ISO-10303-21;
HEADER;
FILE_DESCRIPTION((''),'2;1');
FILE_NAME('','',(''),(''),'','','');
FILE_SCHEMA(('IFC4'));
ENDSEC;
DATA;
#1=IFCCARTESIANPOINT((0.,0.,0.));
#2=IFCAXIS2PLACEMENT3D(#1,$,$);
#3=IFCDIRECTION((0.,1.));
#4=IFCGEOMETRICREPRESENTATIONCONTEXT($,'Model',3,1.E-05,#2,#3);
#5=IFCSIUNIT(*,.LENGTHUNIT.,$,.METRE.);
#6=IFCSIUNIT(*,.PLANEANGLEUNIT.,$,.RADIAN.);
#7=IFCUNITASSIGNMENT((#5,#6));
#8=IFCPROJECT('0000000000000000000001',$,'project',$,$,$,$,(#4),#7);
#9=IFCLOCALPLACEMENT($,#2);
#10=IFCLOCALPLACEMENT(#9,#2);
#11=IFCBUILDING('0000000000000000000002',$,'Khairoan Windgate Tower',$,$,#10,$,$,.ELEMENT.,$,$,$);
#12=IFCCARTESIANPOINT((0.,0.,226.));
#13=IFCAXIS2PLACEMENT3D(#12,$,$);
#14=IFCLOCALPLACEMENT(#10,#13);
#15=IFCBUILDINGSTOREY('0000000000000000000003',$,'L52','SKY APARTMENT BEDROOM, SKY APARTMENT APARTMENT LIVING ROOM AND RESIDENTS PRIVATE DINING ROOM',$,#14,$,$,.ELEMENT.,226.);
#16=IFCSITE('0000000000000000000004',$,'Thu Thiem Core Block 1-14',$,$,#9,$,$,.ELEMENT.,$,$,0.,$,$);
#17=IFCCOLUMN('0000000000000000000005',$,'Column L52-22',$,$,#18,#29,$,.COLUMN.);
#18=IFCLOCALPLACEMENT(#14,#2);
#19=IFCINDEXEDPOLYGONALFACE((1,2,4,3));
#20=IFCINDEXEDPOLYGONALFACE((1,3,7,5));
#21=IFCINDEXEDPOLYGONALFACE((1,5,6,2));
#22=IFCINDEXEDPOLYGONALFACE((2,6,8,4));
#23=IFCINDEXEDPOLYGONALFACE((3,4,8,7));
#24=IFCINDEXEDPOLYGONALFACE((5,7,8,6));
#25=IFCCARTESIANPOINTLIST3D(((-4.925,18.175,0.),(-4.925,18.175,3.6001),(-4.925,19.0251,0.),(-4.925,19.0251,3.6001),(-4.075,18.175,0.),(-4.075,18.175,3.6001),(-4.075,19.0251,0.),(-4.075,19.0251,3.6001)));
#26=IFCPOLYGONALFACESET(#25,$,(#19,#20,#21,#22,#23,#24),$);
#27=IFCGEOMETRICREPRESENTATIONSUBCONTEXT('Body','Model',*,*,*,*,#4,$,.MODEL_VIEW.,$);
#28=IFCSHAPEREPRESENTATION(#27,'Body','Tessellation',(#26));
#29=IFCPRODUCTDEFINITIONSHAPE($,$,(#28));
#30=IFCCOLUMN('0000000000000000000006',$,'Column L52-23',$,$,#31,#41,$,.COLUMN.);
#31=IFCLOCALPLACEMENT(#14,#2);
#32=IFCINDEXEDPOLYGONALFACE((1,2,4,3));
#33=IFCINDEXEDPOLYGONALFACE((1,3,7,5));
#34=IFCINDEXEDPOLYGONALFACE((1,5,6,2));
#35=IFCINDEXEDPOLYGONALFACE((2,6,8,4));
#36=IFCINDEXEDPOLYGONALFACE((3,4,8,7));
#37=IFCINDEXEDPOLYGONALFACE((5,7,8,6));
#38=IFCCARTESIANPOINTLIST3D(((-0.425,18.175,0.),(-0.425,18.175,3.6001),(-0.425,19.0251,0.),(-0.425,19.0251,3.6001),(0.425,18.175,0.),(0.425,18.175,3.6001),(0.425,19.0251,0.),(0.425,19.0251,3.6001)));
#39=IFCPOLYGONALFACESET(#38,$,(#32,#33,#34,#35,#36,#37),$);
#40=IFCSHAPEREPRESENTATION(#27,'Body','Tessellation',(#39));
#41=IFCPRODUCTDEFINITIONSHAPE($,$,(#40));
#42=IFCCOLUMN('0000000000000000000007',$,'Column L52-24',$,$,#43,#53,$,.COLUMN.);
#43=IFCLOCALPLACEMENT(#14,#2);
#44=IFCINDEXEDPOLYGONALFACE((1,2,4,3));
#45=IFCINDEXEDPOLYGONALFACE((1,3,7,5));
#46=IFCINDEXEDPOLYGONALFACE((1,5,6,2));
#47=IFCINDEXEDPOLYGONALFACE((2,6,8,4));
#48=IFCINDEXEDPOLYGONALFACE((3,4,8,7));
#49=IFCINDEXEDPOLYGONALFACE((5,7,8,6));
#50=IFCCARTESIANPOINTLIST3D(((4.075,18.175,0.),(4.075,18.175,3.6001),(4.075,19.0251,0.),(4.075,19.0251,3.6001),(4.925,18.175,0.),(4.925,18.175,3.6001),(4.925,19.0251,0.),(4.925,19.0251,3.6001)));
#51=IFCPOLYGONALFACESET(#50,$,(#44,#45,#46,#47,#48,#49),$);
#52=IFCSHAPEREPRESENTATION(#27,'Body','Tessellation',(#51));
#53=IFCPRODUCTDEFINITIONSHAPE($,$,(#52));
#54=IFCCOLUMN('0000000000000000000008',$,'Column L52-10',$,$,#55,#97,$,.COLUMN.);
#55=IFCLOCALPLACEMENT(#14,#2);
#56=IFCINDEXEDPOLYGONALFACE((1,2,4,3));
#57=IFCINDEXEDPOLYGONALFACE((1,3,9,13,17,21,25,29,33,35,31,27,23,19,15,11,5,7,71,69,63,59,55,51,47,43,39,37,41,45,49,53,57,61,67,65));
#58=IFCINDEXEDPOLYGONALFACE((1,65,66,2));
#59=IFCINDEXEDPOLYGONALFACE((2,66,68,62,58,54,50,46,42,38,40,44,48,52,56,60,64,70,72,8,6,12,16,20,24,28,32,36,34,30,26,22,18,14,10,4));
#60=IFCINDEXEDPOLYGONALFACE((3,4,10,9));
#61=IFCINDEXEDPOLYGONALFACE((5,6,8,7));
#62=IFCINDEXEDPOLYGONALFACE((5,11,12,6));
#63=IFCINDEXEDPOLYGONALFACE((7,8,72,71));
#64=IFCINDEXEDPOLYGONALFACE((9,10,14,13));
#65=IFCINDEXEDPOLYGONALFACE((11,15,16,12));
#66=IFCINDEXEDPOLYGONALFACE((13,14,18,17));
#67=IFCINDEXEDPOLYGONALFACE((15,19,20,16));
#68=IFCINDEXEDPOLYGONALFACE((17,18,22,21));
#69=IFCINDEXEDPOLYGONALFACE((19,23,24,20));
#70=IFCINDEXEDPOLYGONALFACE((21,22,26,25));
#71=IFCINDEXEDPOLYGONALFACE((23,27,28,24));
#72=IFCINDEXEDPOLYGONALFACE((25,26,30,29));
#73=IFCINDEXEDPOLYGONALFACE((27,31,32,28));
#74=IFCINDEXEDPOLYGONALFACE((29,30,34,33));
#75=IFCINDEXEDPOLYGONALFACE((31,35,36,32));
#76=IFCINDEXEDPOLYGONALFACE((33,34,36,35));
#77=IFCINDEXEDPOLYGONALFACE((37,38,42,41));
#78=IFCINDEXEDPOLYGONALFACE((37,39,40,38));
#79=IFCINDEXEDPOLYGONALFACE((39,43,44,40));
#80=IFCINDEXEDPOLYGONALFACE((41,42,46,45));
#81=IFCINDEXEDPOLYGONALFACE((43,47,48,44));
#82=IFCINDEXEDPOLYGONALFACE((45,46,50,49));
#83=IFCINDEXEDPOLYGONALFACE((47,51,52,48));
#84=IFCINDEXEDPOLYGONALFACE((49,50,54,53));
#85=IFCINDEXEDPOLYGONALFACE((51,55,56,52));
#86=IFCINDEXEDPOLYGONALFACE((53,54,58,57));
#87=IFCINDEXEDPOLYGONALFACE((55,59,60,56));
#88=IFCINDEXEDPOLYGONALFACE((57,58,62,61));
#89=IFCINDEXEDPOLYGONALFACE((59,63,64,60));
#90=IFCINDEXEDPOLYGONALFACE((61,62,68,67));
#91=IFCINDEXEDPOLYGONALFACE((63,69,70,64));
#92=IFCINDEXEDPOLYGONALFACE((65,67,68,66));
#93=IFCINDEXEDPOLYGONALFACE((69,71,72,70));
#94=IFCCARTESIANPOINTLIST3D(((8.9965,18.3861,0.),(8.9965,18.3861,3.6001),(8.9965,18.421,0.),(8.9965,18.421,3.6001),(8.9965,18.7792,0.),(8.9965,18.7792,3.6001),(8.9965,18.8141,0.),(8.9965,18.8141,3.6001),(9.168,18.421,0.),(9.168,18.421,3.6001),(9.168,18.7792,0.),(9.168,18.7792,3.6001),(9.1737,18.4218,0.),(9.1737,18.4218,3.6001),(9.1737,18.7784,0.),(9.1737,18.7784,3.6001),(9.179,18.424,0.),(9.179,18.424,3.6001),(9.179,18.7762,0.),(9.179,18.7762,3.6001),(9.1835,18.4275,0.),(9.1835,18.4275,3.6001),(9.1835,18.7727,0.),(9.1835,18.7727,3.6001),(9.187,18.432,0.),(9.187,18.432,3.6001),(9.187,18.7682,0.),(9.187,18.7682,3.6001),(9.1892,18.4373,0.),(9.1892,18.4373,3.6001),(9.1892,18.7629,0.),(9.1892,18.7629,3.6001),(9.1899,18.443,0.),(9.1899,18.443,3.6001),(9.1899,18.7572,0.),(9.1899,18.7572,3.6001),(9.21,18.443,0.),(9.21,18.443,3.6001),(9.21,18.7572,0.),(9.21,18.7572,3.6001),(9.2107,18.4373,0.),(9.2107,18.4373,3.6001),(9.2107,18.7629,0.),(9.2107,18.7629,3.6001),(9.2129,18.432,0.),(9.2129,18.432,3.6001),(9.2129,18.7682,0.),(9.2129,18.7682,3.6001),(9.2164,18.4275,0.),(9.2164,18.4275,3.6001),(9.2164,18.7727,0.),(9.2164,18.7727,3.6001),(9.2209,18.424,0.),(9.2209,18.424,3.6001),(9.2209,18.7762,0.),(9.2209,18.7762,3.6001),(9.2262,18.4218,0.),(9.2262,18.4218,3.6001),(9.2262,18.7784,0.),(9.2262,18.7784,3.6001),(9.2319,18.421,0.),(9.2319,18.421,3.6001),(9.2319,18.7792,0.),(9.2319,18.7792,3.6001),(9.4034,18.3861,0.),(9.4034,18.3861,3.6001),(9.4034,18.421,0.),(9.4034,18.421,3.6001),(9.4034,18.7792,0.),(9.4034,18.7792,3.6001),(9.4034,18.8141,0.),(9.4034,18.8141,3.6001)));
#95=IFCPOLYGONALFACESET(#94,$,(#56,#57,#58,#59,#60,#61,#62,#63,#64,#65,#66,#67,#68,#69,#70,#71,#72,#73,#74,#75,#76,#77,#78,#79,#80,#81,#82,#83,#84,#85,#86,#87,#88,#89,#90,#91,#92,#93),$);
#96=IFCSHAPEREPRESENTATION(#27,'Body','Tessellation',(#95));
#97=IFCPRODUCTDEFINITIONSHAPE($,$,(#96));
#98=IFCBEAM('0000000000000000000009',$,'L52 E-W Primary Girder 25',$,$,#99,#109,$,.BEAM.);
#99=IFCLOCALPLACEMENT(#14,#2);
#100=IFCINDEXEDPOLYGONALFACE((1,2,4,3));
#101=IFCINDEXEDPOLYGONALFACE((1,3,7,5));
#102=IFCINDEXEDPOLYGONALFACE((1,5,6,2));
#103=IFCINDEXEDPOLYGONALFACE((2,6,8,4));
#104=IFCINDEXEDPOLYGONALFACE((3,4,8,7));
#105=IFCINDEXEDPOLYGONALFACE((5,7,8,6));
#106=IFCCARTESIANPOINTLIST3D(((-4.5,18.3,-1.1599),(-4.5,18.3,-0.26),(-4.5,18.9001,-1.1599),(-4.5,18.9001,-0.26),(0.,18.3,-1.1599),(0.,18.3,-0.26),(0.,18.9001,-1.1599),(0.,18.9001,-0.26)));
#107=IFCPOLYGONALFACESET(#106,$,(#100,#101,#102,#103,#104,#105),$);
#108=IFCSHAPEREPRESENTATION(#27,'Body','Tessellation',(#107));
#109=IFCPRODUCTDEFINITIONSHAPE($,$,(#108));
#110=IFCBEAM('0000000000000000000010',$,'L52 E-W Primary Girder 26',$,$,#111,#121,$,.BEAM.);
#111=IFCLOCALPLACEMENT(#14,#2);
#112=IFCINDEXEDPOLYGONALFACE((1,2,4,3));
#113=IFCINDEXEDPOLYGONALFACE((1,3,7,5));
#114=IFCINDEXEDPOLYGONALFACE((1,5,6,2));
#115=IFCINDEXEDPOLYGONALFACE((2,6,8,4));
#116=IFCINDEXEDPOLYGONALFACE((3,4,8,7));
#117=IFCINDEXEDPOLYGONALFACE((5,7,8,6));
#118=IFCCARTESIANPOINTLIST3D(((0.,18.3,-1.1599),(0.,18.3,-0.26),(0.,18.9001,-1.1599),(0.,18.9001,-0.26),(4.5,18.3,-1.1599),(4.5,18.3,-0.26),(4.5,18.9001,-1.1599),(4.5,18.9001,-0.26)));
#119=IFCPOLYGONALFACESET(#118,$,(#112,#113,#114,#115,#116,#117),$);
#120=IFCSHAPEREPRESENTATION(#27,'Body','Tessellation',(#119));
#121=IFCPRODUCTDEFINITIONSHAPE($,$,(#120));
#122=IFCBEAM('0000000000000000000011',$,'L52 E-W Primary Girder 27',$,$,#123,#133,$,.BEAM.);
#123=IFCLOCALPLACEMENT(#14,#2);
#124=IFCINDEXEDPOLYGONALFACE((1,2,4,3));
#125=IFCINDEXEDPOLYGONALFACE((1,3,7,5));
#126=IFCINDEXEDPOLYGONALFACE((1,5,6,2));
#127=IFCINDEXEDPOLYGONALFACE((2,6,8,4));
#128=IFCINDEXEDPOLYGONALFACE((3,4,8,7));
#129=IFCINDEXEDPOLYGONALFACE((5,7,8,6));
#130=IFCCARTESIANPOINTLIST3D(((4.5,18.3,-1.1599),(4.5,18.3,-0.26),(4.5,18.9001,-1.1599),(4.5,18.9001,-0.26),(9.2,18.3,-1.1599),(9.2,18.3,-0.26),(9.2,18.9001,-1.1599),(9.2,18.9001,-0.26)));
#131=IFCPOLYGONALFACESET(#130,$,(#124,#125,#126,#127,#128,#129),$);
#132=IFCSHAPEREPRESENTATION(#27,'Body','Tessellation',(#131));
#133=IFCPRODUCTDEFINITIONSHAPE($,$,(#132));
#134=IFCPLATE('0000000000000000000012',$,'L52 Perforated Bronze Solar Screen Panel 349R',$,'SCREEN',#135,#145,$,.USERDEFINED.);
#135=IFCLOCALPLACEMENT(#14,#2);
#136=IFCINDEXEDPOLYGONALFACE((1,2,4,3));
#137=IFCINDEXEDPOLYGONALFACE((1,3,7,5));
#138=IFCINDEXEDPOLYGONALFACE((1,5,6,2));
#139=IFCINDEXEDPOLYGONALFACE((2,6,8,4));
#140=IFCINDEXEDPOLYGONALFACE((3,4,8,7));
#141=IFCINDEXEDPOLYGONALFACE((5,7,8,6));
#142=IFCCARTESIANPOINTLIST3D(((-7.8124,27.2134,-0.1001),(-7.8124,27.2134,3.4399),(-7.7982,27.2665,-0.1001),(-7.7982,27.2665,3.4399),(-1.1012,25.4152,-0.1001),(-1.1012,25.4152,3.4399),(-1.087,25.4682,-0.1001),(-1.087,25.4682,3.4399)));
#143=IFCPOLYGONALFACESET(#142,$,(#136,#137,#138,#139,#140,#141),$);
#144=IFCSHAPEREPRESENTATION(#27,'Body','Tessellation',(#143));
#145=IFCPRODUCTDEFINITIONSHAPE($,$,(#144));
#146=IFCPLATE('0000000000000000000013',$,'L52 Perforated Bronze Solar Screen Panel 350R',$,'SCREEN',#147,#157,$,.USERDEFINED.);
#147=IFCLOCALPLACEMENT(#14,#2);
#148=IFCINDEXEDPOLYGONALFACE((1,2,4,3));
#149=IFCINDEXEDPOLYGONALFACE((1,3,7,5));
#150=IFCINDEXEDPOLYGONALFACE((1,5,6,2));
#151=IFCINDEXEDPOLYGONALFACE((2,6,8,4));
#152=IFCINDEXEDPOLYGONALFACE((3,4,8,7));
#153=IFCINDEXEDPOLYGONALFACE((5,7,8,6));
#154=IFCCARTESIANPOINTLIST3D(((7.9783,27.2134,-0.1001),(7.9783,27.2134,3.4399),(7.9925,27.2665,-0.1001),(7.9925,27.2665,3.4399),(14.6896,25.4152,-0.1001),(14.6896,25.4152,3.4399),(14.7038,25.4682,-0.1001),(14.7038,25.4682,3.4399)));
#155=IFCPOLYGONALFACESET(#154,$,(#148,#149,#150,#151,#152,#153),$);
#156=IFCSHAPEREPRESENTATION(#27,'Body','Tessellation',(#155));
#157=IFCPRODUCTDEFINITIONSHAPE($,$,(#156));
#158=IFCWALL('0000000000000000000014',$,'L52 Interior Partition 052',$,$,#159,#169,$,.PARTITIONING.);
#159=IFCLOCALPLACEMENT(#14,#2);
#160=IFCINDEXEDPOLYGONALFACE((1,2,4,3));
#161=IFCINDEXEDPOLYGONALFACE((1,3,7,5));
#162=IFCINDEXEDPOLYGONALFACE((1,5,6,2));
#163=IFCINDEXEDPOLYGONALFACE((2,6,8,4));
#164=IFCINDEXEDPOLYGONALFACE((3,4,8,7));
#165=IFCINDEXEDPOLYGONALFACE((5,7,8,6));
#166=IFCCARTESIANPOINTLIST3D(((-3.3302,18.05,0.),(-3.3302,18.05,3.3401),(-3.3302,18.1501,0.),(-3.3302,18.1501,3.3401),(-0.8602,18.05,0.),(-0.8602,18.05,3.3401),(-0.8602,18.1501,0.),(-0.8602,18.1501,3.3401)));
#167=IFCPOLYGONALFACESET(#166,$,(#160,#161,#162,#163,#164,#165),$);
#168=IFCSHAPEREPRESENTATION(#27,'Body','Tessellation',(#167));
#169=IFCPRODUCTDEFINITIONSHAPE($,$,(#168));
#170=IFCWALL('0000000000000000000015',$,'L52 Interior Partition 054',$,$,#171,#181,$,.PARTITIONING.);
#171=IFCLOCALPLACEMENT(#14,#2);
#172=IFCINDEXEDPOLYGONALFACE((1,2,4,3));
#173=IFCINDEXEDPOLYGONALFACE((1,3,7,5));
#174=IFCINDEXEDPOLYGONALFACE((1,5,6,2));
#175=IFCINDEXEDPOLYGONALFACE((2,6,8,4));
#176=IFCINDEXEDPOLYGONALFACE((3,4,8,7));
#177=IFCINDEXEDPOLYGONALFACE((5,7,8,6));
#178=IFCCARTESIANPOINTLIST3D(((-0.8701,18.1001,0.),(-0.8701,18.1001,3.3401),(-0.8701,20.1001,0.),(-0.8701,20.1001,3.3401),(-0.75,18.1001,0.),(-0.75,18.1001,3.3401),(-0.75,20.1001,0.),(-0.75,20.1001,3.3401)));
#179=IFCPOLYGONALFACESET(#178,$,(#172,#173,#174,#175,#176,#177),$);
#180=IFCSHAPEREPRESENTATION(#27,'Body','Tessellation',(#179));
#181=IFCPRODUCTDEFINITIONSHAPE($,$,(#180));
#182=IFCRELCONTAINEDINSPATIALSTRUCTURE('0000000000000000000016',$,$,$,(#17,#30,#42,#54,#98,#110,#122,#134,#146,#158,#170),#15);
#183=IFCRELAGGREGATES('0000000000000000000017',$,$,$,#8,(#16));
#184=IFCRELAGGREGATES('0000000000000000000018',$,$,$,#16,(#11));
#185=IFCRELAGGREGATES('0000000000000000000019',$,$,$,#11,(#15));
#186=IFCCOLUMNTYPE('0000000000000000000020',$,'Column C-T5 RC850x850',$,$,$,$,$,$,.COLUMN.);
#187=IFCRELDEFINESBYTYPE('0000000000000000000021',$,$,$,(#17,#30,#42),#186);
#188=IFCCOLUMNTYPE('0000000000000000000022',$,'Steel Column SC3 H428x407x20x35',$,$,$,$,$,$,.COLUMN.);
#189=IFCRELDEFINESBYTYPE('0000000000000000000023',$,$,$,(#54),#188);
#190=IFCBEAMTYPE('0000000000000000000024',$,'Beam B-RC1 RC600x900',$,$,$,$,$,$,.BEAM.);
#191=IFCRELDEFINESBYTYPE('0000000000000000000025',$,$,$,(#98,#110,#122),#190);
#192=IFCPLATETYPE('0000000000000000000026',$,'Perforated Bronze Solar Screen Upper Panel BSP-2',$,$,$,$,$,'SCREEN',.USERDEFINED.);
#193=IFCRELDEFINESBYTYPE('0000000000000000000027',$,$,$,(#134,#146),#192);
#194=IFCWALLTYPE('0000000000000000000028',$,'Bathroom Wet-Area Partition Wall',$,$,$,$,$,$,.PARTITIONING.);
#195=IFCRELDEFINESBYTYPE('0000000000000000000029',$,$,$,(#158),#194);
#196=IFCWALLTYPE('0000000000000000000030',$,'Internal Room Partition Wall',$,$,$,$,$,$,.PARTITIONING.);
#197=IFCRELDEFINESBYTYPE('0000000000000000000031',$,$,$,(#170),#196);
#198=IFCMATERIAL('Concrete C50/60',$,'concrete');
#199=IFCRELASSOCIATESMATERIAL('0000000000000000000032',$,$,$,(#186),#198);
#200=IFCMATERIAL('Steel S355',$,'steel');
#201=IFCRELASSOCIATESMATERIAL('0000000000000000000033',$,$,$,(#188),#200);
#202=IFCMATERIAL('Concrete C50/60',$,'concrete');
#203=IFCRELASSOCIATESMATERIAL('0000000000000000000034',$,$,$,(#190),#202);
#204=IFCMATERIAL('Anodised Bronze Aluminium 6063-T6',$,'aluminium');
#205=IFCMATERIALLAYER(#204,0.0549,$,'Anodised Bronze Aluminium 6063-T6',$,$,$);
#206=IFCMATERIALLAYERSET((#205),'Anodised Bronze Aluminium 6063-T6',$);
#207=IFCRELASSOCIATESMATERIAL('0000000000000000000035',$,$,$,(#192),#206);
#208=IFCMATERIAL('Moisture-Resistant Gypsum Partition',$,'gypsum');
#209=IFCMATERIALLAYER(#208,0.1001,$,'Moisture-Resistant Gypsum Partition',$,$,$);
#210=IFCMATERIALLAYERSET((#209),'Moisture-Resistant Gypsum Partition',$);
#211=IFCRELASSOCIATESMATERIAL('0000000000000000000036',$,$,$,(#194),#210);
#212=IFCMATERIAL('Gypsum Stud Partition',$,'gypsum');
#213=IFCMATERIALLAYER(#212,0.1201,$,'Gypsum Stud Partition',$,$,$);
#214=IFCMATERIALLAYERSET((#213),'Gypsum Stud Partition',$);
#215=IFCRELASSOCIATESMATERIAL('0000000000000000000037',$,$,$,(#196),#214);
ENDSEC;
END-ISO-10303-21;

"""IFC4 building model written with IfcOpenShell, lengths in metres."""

from ifc_helpers import new_model, si_unit, direction, frame, frame_2d, origin, origin_2d, place, context, subcontext, project, spatial, rectangle, i_section, extrude, material, layer, layer_set, material_profile, profile_set, type_object, element, save


model = new_model("IFC4")

# Units and contexts
model_context = context("Model", 3, precision=1e-05, world=origin(), true_north=direction((0.0, 1.0)))
body_context = subcontext(model_context, "Body", "Model", "MODEL_VIEW")
ifc_project = project(units=[si_unit("LENGTHUNIT", "METRE"), si_unit("PLANEANGLEUNIT", "RADIAN")], contexts=[model_context])

# Site, building, storey
site_placement = place(None, origin())
site = spatial("IfcSite", under=ifc_project, at=site_placement, Name="Thu Thiem Core Block 1-14", CompositionType="ELEMENT", RefElevation=0.0)
building_placement = place(site_placement, origin())
building = spatial("IfcBuilding", under=site, at=building_placement, Name="Khairoan Windgate Tower", CompositionType="ELEMENT")
storey_placement = place(building_placement, frame((0.0, 0.0, 226.0)))
storey = spatial("IfcBuildingStorey", under=building, at=storey_placement, Name="L52", Description="SKY APARTMENT BEDROOM, SKY APARTMENT APARTMENT LIVING ROOM AND RESIDENTS PRIVATE DINING ROOM", CompositionType="ELEMENT", Elevation=226.0)

# Columns
ifc_material_1 = material(Name="Concrete C50/60", Category="concrete")
ifc_material_profile_1 = material_profile(ifc_material_1, rectangle(XDim=0.8501, YDim=0.8501, at=origin_2d()))
ifc_profile_set_1 = profile_set([ifc_material_profile_1], Name="Concrete C50/60")
column_type_1 = type_object("IfcColumnType", Name="Column C-T5 RC850x850", PredefinedType="COLUMN", material=ifc_profile_set_1)
for number, where, z_axis, x_axis, name in (
    (1, (-4.5, 18.6001, 0.0), (0.0, 0.0, 1.0), (1.0, 0.0, 0.0), "Column L52-22"),
    (2, (0.0, 18.6001, 0.0), (0.0, 0.0, 1.0), (1.0, 0.0, 0.0), "Column L52-23"),
    (3, (4.5, 18.6001, 0.0), (0.0, 0.0, 1.0), (1.0, 0.0, 0.0), "Column L52-24"),
):
    element("IfcColumn", number, at=place(storey_placement, frame(where, z_axis=z_axis, x_axis=x_axis)), inside=storey, type_object=column_type_1, Name=name, PredefinedType="COLUMN", context=body_context, shape_type="SweptSolid", body=[
        extrude(rectangle(XDim=0.8501, YDim=0.8501, at=origin_2d()), origin(), (0.0, 0.0, 1.0), 3.6001),
    ])
ifc_material_2 = material(Name="Steel S355", Category="steel")
ifc_material_profile_2 = material_profile(ifc_material_2, i_section(OverallWidth=0.407, OverallDepth=0.428, WebThickness=0.02, FlangeThickness=0.0349, FilletRadius=0.022, at=origin_2d()))
ifc_profile_set_2 = profile_set([ifc_material_profile_2], Name="Steel S355")
column_type_2 = type_object("IfcColumnType", Name="Steel Column SC3 H428x407x20x35", PredefinedType="COLUMN", material=ifc_profile_set_2)
column_placement = place(storey_placement, frame((9.2, 18.6001, 0.0), z_axis=(0.0, 0.0, 1.0), x_axis=(1.0, 0.0, 0.0)))
element("IfcColumn", 4, at=column_placement, inside=storey, type_object=column_type_2, Name="Column L52-10", PredefinedType="COLUMN", context=body_context, shape_type="SweptSolid", body=[
    extrude(i_section(OverallWidth=0.407, OverallDepth=0.428, WebThickness=0.02, FlangeThickness=0.0349, FilletRadius=0.022, at=origin_2d()), origin(), (0.0, 0.0, 1.0), 3.6001),
])

# Beams
ifc_material_3 = material(Name="Concrete C50/60", Category="concrete")
ifc_material_profile_3 = material_profile(ifc_material_3, rectangle(XDim=0.6001, YDim=0.8999, at=origin_2d()))
ifc_profile_set_3 = profile_set([ifc_material_profile_3], Name="Concrete C50/60")
beam_type = type_object("IfcBeamType", Name="Beam B-RC1 RC600x900", PredefinedType="BEAM", material=ifc_profile_set_3)
for number, where, z_axis, x_axis, name in (
    (5, (-4.5, 18.6001, -0.71), (1.0, 0.0, 0.0), (0.0, 1.0, 0.0), "L52 E-W Primary Girder 25"),
    (6, (0.0, 18.6001, -0.71), (1.0, 0.0, 0.0), (0.0, 1.0, 0.0), "L52 E-W Primary Girder 26"),
):
    element("IfcBeam", number, at=place(storey_placement, frame(where, z_axis=z_axis, x_axis=x_axis)), inside=storey, type_object=beam_type, Name=name, PredefinedType="BEAM", context=body_context, shape_type="SweptSolid", body=[
        extrude(rectangle(XDim=0.6001, YDim=0.8999, at=origin_2d()), origin(), (0.0, 0.0, 1.0), 4.5),
    ])
beam_placement = place(storey_placement, frame((4.5, 18.6001, -0.71), z_axis=(1.0, 0.0, 0.0), x_axis=(0.0, 1.0, 0.0)))
element("IfcBeam", 7, at=beam_placement, inside=storey, type_object=beam_type, Name="L52 E-W Primary Girder 27", PredefinedType="BEAM", context=body_context, shape_type="SweptSolid", body=[
    extrude(rectangle(XDim=0.6001, YDim=0.8999, at=origin_2d()), origin(), (0.0, 0.0, 1.0), 4.7),
])

# Plates
ifc_material_4 = material(Name="Anodised Bronze Aluminium 6063-T6", Category="aluminium")
ifc_layer_1 = layer(ifc_material_4, 0.0549, Name="Anodised Bronze Aluminium 6063-T6")
ifc_layer_set_1 = layer_set([ifc_layer_1], Name="Anodised Bronze Aluminium 6063-T6")
plate_type = type_object("IfcPlateType", Name="Perforated Bronze Solar Screen Upper Panel BSP-2", ElementType="SCREEN", PredefinedType="USERDEFINED", material=ifc_layer_set_1)
for number, where, z_axis, x_axis, name in (
    (8, (-4.4497, 26.3408, -0.1001), (0.0, 0.0, 1.0), (0.965926, -0.258819, 0.0), "L52 Perforated Bronze Solar Screen Panel 349R"),
    (9, (11.3411, 26.3408, -0.1001), (0.0, 0.0, 1.0), (0.965926, -0.258819, 0.0), "L52 Perforated Bronze Solar Screen Panel 350R"),
):
    element("IfcPlate", number, at=place(storey_placement, frame(where, z_axis=z_axis, x_axis=x_axis)), inside=storey, type_object=plate_type, Name=name, ObjectType="SCREEN", PredefinedType="USERDEFINED", context=body_context, shape_type="SweptSolid", body=[
        extrude(rectangle(XDim=6.948, YDim=0.0549, at=origin_2d()), origin(), (0.0, 0.0, 1.0), 3.54),
    ])

# Walls
ifc_material_5 = material(Name="Moisture-Resistant Gypsum Partition", Category="gypsum")
ifc_layer_2 = layer(ifc_material_5, 0.1001, Name="Moisture-Resistant Gypsum Partition")
ifc_layer_set_2 = layer_set([ifc_layer_2], Name="Moisture-Resistant Gypsum Partition")
wall_type_1 = type_object("IfcWallType", Name="Bathroom Wet-Area Partition Wall", PredefinedType="PARTITIONING", material=ifc_layer_set_2)
wall_1_placement = place(storey_placement, frame((-3.3301, 18.1001, 0.0), z_axis=(0.0, 0.0, 1.0), x_axis=(1.0, 0.0, 0.0)))
element("IfcWall", 10, at=wall_1_placement, inside=storey, type_object=wall_type_1, Name="L52 Interior Partition 052", PredefinedType="PARTITIONING", context=body_context, shape_type="SweptSolid", body=[
    extrude(rectangle(XDim=2.47, YDim=0.1001, at=frame_2d((1.2349, 0.0))), origin(), (0.0, 0.0, 1.0), 3.3401),
])
ifc_material_6 = material(Name="Gypsum Stud Partition", Category="gypsum")
ifc_layer_3 = layer(ifc_material_6, 0.1201, Name="Gypsum Stud Partition")
ifc_layer_set_3 = layer_set([ifc_layer_3], Name="Gypsum Stud Partition")
wall_type_2 = type_object("IfcWallType", Name="Internal Room Partition Wall", PredefinedType="PARTITIONING", material=ifc_layer_set_3)
wall_2_placement = place(storey_placement, frame((-0.8101, 18.1001, 0.0), z_axis=(0.0, 0.0, 1.0), x_axis=(0.0, 1.0, 0.0)))
element("IfcWall", 11, at=wall_2_placement, inside=storey, type_object=wall_type_2, Name="L52 Interior Partition 054", PredefinedType="PARTITIONING", context=body_context, shape_type="SweptSolid", body=[
    extrude(rectangle(XDim=2.0, YDim=0.1201, at=frame_2d((1.0, 0.0))), origin(), (0.0, 0.0, 1.0), 3.3401),
])

save(model, "model.ifc")
